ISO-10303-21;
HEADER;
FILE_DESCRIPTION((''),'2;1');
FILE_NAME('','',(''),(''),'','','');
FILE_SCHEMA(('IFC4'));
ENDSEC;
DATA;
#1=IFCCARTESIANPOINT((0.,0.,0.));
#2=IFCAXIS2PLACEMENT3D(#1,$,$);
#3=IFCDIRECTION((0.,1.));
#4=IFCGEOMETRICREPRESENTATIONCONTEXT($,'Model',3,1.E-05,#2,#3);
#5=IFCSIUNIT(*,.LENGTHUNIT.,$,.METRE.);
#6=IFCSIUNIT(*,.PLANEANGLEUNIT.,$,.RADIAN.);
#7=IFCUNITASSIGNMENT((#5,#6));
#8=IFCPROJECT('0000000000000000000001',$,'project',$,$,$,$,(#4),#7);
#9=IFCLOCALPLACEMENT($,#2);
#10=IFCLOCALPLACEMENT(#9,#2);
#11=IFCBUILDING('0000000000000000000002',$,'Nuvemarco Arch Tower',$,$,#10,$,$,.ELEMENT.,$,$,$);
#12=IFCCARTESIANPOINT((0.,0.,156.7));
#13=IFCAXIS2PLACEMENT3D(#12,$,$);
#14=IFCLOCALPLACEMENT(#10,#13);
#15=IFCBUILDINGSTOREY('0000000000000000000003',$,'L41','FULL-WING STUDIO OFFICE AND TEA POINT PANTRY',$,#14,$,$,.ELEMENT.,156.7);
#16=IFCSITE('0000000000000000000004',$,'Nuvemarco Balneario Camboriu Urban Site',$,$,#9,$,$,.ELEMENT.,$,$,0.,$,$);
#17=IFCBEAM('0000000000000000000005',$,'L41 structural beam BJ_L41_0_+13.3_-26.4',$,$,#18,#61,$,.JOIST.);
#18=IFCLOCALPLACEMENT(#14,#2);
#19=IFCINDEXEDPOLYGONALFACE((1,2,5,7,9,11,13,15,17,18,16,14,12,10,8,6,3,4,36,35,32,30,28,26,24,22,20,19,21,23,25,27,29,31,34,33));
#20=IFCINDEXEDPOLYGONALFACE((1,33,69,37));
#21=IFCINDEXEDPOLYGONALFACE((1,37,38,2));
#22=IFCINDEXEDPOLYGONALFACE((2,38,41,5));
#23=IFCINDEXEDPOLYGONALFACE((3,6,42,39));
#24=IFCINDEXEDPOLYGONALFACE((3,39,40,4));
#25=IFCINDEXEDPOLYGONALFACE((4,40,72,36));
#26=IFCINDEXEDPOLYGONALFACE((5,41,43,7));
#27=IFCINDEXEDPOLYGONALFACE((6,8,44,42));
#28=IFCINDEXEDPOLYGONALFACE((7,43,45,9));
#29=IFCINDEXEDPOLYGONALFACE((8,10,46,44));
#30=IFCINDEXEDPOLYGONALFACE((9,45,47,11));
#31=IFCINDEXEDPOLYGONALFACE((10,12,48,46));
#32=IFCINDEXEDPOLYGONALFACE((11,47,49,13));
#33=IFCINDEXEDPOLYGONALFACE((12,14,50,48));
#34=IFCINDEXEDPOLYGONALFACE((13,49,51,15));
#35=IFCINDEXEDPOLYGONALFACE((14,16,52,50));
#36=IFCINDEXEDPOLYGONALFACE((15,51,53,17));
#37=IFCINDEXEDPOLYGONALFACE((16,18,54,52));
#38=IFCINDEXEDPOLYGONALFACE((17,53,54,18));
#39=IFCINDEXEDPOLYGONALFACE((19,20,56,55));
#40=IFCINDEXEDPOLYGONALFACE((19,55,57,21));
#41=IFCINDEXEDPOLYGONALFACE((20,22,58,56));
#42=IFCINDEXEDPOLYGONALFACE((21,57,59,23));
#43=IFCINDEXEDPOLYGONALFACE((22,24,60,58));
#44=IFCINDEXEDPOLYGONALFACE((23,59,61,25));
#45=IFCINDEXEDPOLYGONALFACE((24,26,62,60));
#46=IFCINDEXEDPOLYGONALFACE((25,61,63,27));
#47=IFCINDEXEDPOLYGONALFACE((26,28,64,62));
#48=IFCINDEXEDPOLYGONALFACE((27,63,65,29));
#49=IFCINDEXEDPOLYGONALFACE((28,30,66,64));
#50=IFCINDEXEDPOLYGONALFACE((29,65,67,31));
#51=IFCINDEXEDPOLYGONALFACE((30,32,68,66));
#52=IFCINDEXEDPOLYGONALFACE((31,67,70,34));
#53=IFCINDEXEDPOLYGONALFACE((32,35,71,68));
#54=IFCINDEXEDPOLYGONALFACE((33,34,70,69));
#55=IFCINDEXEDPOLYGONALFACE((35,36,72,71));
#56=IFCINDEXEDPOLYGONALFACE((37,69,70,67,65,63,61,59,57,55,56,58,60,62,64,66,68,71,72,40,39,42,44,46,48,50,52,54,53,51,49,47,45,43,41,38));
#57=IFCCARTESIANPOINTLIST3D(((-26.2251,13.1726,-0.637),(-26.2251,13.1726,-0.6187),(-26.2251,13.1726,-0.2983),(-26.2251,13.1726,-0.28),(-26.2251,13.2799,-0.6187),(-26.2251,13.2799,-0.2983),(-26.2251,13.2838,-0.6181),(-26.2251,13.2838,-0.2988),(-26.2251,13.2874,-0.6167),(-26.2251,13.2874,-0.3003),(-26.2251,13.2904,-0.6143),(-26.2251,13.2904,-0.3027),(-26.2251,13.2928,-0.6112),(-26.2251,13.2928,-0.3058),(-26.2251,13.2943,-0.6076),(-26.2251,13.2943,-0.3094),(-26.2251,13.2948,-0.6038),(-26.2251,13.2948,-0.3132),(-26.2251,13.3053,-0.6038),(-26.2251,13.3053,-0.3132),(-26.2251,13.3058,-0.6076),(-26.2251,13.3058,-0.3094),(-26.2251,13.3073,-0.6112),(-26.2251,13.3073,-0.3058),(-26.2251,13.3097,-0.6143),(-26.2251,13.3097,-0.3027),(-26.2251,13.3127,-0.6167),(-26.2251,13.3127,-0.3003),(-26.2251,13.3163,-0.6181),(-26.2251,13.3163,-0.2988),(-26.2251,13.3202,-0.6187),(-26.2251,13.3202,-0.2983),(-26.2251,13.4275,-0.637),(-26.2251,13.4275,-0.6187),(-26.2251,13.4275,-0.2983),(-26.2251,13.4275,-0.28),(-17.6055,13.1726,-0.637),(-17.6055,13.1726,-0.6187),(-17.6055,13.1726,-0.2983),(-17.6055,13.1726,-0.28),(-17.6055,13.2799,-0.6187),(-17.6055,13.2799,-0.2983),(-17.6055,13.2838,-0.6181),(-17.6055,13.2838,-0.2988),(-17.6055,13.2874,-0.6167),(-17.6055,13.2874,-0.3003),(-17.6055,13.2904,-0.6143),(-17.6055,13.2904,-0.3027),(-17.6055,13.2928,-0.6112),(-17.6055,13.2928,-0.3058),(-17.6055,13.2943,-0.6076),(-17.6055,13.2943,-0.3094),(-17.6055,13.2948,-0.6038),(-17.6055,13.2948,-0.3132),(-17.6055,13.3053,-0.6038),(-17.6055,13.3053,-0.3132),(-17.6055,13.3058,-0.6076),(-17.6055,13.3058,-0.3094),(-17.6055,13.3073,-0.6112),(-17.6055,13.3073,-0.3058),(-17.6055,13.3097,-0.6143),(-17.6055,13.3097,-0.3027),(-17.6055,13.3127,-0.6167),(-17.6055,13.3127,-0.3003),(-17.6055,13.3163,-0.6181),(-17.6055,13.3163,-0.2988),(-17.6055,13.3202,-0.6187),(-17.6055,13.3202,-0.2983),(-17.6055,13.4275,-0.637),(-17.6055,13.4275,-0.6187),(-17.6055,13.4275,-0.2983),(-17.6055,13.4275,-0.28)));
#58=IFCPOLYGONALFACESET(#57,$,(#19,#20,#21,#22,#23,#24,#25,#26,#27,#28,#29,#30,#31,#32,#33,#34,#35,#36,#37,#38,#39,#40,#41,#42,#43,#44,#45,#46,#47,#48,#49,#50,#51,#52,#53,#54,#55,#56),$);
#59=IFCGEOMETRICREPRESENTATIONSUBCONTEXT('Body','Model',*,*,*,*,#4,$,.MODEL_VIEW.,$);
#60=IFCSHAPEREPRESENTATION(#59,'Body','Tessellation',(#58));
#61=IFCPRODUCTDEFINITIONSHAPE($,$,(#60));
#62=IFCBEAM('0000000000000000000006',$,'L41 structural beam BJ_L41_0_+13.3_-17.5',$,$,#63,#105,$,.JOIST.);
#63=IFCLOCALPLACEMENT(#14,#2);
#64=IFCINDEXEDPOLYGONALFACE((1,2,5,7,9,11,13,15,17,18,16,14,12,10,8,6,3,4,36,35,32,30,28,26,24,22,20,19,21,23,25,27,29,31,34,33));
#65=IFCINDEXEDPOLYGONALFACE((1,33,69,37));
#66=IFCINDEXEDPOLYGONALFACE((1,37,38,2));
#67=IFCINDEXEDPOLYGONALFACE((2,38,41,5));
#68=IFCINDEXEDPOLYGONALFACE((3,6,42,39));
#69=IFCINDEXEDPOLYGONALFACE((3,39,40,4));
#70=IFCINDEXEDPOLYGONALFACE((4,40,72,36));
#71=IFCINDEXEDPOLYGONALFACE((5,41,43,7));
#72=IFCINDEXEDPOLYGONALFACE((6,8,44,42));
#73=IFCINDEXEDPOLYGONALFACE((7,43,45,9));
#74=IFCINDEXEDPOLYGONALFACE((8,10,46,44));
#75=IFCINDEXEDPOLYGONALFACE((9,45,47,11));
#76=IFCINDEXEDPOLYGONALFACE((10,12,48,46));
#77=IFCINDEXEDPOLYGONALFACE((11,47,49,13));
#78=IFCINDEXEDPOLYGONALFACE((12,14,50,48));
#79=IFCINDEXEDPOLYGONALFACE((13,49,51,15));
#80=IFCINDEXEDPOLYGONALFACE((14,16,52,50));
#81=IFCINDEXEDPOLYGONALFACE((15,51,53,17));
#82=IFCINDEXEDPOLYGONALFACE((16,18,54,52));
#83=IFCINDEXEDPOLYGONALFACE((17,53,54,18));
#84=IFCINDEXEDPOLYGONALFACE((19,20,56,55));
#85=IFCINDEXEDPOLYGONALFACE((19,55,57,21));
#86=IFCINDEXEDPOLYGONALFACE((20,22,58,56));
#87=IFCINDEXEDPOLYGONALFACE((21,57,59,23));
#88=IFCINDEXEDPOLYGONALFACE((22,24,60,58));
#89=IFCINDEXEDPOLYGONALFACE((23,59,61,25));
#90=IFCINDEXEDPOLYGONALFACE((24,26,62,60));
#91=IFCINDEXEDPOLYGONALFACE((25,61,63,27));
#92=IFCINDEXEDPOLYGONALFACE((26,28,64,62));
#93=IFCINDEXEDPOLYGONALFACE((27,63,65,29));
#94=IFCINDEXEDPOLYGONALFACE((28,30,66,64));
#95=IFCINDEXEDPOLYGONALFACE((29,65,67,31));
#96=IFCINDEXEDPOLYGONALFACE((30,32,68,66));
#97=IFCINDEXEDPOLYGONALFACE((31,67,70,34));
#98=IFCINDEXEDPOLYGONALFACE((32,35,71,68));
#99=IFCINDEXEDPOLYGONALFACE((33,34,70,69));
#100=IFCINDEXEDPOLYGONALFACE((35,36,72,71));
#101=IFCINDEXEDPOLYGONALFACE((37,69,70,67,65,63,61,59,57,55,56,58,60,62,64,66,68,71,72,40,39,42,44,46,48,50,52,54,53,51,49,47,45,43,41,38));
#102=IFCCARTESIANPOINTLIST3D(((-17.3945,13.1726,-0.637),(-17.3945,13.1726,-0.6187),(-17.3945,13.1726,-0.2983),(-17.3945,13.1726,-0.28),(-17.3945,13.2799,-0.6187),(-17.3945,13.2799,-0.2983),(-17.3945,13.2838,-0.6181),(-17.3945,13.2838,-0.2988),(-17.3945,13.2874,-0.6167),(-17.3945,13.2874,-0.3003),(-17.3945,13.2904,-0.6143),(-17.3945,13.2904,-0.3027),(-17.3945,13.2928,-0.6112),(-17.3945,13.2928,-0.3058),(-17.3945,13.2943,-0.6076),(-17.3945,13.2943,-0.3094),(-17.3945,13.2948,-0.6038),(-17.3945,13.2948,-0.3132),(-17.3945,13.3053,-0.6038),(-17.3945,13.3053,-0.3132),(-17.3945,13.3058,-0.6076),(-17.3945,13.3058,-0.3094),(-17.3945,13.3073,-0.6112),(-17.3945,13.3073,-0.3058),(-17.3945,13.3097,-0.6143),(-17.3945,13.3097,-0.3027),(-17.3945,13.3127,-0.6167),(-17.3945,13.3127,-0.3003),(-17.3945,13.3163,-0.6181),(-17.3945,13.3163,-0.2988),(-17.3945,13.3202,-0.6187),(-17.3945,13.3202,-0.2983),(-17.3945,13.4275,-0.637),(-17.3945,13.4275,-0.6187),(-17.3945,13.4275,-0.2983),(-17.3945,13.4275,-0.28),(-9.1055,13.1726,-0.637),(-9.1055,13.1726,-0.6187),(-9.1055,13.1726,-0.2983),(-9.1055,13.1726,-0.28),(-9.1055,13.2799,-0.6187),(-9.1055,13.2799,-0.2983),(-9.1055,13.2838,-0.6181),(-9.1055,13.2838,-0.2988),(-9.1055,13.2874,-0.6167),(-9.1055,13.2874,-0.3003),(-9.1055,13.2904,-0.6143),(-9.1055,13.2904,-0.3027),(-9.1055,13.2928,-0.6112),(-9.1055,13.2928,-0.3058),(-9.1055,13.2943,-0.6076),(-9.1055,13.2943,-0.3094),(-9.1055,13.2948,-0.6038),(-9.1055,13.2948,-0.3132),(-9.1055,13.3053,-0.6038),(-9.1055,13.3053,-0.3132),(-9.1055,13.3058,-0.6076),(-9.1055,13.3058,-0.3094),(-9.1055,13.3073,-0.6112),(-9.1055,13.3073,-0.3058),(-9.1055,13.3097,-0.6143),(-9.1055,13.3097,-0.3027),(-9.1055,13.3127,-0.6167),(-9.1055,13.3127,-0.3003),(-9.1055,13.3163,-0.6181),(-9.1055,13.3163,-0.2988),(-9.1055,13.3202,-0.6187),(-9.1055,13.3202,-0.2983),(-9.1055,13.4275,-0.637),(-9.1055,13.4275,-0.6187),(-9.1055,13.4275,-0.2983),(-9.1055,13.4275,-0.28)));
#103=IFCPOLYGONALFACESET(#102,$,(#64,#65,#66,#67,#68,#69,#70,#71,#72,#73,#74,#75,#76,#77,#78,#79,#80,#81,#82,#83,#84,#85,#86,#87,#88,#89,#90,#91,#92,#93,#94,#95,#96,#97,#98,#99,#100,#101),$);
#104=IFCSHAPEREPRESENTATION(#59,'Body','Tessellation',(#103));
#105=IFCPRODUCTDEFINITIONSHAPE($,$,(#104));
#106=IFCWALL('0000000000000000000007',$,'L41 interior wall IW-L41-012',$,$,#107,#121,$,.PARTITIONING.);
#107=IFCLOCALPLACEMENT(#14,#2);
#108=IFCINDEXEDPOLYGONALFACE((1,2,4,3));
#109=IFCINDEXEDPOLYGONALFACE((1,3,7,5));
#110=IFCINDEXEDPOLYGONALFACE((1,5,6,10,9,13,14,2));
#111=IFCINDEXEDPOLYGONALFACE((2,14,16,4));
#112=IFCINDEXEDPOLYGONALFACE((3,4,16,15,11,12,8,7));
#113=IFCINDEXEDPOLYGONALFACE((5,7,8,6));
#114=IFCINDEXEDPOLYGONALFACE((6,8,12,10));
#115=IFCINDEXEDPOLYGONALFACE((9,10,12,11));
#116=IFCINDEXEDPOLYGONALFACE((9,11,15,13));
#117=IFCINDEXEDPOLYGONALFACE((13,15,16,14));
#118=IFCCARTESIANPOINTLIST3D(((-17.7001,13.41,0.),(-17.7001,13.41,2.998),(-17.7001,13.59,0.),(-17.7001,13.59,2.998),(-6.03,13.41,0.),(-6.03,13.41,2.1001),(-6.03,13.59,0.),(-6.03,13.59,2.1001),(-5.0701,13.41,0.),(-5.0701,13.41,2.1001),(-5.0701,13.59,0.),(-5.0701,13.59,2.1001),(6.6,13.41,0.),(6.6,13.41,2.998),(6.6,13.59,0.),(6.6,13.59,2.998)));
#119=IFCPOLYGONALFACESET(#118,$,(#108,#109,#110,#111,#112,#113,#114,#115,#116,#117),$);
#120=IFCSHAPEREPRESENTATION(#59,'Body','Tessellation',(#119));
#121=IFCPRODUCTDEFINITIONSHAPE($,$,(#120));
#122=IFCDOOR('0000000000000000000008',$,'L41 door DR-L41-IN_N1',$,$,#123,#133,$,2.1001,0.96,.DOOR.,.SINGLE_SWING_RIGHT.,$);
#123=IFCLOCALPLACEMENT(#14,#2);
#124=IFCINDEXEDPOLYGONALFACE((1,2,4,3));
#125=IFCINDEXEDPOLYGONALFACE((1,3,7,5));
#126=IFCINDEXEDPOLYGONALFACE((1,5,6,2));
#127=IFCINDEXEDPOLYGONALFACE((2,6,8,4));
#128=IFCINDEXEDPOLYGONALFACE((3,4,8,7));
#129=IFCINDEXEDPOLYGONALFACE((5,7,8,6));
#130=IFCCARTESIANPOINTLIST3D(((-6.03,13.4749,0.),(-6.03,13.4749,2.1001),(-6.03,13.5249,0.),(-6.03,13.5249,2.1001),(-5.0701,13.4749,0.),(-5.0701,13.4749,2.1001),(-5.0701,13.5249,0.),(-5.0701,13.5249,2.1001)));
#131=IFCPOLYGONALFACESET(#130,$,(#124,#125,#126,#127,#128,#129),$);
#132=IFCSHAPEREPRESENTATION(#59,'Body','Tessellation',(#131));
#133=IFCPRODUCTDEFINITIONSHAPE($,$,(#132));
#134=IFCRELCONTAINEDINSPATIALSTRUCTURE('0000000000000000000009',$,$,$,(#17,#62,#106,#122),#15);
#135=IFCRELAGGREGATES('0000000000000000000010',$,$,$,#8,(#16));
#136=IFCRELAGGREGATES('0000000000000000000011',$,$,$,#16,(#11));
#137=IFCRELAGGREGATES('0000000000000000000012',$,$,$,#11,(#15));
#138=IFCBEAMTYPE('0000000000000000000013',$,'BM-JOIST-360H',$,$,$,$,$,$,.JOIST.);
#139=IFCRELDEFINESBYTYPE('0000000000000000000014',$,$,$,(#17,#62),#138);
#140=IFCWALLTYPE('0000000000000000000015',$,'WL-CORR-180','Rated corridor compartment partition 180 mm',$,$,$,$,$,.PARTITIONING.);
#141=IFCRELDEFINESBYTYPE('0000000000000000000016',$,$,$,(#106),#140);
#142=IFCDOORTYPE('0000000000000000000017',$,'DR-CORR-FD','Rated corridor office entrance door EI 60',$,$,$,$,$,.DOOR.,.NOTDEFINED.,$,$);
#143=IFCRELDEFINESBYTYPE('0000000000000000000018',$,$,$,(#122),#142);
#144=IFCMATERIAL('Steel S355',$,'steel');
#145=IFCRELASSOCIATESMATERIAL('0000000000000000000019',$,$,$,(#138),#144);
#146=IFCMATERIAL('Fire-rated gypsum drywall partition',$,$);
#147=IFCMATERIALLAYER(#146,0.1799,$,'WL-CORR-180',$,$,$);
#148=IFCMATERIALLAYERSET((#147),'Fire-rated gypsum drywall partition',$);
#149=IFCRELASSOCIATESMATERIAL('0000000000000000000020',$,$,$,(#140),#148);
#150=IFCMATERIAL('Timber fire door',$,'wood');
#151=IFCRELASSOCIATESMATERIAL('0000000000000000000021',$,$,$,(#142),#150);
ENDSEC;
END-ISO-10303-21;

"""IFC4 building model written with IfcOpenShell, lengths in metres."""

from ifc_helpers import new_model, si_unit, direction, frame, frame_2d, origin, origin_2d, place, context, subcontext, project, spatial, rectangle, i_section, extrude, source, transform, mapped, material, layer, layer_set, material_profile, profile_set, type_object, type_shapes, element, fill, save


model = new_model("IFC4")

# Units and contexts
model_context = context("Model", 3, precision=1e-05, world=origin(), true_north=direction((0.0, 1.0)))
body_context = subcontext(model_context, "Body", "Model", "MODEL_VIEW")
ifc_project = project(units=[si_unit("LENGTHUNIT", "METRE"), si_unit("PLANEANGLEUNIT", "RADIAN")], contexts=[model_context])

# Site, building, storey
site_placement = place(None, origin())
site = spatial("IfcSite", under=ifc_project, at=site_placement, Name="Nuvemarco Balneario Camboriu Urban Site", CompositionType="ELEMENT", RefElevation=0.0)
building_placement = place(site_placement, origin())
building = spatial("IfcBuilding", under=site, at=building_placement, Name="Nuvemarco Arch Tower", CompositionType="ELEMENT")
storey_placement = place(building_placement, frame((0.0, 0.0, 156.7)))
storey = spatial("IfcBuildingStorey", under=building, at=storey_placement, Name="L41", Description="FULL-WING STUDIO OFFICE AND TEA POINT PANTRY", CompositionType="ELEMENT", Elevation=156.7)

# Shared definitions
ifc_material_1 = material(Name="Steel S355", Category="steel")

# Beams
ifc_material_profile_1 = material_profile(ifc_material_1, i_section(OverallWidth=0.2549, OverallDepth=0.3569, WebThickness=0.0105, FlangeThickness=0.0183, FilletRadius=0.0149, at=origin_2d()), Name="W360x101")
ifc_profile_set_1 = profile_set([ifc_material_profile_1], Name="Steel S355")
beam_type_1 = type_object("IfcBeamType", Name="BM-JOIST-360H", PredefinedType="JOIST", material=ifc_profile_set_1)
beam_1_placement = place(storey_placement, frame((-26.2251, 13.3, -0.4585), z_axis=(1.0, 0.0, 0.0), x_axis=(0.0, 1.0, 0.0)))
element("IfcBeam", 1, at=beam_1_placement, inside=storey, type_object=beam_type_1, Name="L41 structural beam BJ_L41_0_+13.3_-26.4", PredefinedType="JOIST", context=body_context, shape_type="SweptSolid", body=[
    extrude(i_section(OverallWidth=0.2549, OverallDepth=0.3569, WebThickness=0.0105, FlangeThickness=0.0183, FilletRadius=0.0149, at=origin_2d()), origin(), (0.0, 0.0, 1.0), 8.6196),
])
beam_2_placement = place(storey_placement, frame((-17.3945, 13.3, -0.4585), z_axis=(1.0, 0.0, 0.0), x_axis=(0.0, 1.0, 0.0)))
element("IfcBeam", 2, at=beam_2_placement, inside=storey, type_object=beam_type_1, Name="L41 structural beam BJ_L41_0_+13.3_-17.5", PredefinedType="JOIST", context=body_context, shape_type="SweptSolid", body=[
    extrude(i_section(OverallWidth=0.2549, OverallDepth=0.3569, WebThickness=0.0105, FlangeThickness=0.0183, FilletRadius=0.0149, at=origin_2d()), origin(), (0.0, 0.0, 1.0), 8.2891),
])

# Wall, opening, door
ifc_material_2 = material(Name="Fire-rated gypsum drywall partition")
ifc_layer = layer(ifc_material_2, 0.1799, Name="WL-CORR-180")
ifc_layer_set = layer_set([ifc_layer], Name="Fire-rated gypsum drywall partition")
wall_type = type_object("IfcWallType", Name="WL-CORR-180", Description="Rated corridor compartment partition 180 mm", PredefinedType="PARTITIONING", material=ifc_layer_set)
wall_1_placement = place(storey_placement, frame((-17.7, 13.5, 0.0), z_axis=(0.0, 0.0, 1.0), x_axis=(1.0, 0.0, 0.0)))
wall_1 = element("IfcWall", 3, at=wall_1_placement, inside=storey, type_object=wall_type, Name="L41 interior wall IW-L41-012", PredefinedType="PARTITIONING", context=body_context, shape_type="SweptSolid", body=[
    extrude(rectangle(XDim=24.3, YDim=0.1799, at=frame_2d((12.1499, 0.0))), origin(), (0.0, 0.0, 1.0), 2.998),
])
opening_1_placement = place(wall_1_placement, frame((11.6699, 0.0, 0.0)))
opening_1 = element("IfcOpeningElement", 4, at=opening_1_placement, cuts=wall_1, PredefinedType="OPENING", context=body_context, shape_type="SweptSolid", body=[
    extrude(rectangle(XDim=0.96, YDim=2.1001, at=frame_2d((0.48, 1.05))), frame((0.0, 0.0999, 0.0), z_axis=(0.0, -1.0, 0.0), x_axis=(1.0, 0.0, 0.0)), (0.0, 0.0, 1.0), 0.2),
])
ifc_material_3 = material(Name="Timber fire door", Category="wood")
door_type = type_object("IfcDoorType", Name="DR-CORR-FD", Description="Rated corridor office entrance door EI 60", OperationType="NOTDEFINED", PredefinedType="DOOR", material=ifc_material_3)
shared_shape_1 = source(origin(), body_context, "Body", "SweptSolid", [
    extrude(rectangle(XDim=0.96, YDim=2.1001, at=frame_2d((0.48, 1.05))), frame((0.0, 0.0249, 0.0), z_axis=(0.0, -1.0, 0.0), x_axis=(1.0, 0.0, 0.0)), (0.0, 0.0, 1.0), 0.05),
])
type_shapes(door_type, [shared_shape_1])
door_1_placement = place(opening_1_placement, origin())
door_1 = element("IfcDoor", 5, at=door_1_placement, inside=storey, type_object=door_type, Name="L41 door DR-L41-IN_N1", OperationType="SINGLE_SWING_RIGHT", OverallHeight=2.1001, OverallWidth=0.96, PredefinedType="DOOR", context=body_context, shape_type="MappedRepresentation", body=[
    mapped(shared_shape_1, transform((0.0, 0.0, 0.0), scale=1.0)),
])
fill(opening_1, door_1)

save(model, "model.ifc")
